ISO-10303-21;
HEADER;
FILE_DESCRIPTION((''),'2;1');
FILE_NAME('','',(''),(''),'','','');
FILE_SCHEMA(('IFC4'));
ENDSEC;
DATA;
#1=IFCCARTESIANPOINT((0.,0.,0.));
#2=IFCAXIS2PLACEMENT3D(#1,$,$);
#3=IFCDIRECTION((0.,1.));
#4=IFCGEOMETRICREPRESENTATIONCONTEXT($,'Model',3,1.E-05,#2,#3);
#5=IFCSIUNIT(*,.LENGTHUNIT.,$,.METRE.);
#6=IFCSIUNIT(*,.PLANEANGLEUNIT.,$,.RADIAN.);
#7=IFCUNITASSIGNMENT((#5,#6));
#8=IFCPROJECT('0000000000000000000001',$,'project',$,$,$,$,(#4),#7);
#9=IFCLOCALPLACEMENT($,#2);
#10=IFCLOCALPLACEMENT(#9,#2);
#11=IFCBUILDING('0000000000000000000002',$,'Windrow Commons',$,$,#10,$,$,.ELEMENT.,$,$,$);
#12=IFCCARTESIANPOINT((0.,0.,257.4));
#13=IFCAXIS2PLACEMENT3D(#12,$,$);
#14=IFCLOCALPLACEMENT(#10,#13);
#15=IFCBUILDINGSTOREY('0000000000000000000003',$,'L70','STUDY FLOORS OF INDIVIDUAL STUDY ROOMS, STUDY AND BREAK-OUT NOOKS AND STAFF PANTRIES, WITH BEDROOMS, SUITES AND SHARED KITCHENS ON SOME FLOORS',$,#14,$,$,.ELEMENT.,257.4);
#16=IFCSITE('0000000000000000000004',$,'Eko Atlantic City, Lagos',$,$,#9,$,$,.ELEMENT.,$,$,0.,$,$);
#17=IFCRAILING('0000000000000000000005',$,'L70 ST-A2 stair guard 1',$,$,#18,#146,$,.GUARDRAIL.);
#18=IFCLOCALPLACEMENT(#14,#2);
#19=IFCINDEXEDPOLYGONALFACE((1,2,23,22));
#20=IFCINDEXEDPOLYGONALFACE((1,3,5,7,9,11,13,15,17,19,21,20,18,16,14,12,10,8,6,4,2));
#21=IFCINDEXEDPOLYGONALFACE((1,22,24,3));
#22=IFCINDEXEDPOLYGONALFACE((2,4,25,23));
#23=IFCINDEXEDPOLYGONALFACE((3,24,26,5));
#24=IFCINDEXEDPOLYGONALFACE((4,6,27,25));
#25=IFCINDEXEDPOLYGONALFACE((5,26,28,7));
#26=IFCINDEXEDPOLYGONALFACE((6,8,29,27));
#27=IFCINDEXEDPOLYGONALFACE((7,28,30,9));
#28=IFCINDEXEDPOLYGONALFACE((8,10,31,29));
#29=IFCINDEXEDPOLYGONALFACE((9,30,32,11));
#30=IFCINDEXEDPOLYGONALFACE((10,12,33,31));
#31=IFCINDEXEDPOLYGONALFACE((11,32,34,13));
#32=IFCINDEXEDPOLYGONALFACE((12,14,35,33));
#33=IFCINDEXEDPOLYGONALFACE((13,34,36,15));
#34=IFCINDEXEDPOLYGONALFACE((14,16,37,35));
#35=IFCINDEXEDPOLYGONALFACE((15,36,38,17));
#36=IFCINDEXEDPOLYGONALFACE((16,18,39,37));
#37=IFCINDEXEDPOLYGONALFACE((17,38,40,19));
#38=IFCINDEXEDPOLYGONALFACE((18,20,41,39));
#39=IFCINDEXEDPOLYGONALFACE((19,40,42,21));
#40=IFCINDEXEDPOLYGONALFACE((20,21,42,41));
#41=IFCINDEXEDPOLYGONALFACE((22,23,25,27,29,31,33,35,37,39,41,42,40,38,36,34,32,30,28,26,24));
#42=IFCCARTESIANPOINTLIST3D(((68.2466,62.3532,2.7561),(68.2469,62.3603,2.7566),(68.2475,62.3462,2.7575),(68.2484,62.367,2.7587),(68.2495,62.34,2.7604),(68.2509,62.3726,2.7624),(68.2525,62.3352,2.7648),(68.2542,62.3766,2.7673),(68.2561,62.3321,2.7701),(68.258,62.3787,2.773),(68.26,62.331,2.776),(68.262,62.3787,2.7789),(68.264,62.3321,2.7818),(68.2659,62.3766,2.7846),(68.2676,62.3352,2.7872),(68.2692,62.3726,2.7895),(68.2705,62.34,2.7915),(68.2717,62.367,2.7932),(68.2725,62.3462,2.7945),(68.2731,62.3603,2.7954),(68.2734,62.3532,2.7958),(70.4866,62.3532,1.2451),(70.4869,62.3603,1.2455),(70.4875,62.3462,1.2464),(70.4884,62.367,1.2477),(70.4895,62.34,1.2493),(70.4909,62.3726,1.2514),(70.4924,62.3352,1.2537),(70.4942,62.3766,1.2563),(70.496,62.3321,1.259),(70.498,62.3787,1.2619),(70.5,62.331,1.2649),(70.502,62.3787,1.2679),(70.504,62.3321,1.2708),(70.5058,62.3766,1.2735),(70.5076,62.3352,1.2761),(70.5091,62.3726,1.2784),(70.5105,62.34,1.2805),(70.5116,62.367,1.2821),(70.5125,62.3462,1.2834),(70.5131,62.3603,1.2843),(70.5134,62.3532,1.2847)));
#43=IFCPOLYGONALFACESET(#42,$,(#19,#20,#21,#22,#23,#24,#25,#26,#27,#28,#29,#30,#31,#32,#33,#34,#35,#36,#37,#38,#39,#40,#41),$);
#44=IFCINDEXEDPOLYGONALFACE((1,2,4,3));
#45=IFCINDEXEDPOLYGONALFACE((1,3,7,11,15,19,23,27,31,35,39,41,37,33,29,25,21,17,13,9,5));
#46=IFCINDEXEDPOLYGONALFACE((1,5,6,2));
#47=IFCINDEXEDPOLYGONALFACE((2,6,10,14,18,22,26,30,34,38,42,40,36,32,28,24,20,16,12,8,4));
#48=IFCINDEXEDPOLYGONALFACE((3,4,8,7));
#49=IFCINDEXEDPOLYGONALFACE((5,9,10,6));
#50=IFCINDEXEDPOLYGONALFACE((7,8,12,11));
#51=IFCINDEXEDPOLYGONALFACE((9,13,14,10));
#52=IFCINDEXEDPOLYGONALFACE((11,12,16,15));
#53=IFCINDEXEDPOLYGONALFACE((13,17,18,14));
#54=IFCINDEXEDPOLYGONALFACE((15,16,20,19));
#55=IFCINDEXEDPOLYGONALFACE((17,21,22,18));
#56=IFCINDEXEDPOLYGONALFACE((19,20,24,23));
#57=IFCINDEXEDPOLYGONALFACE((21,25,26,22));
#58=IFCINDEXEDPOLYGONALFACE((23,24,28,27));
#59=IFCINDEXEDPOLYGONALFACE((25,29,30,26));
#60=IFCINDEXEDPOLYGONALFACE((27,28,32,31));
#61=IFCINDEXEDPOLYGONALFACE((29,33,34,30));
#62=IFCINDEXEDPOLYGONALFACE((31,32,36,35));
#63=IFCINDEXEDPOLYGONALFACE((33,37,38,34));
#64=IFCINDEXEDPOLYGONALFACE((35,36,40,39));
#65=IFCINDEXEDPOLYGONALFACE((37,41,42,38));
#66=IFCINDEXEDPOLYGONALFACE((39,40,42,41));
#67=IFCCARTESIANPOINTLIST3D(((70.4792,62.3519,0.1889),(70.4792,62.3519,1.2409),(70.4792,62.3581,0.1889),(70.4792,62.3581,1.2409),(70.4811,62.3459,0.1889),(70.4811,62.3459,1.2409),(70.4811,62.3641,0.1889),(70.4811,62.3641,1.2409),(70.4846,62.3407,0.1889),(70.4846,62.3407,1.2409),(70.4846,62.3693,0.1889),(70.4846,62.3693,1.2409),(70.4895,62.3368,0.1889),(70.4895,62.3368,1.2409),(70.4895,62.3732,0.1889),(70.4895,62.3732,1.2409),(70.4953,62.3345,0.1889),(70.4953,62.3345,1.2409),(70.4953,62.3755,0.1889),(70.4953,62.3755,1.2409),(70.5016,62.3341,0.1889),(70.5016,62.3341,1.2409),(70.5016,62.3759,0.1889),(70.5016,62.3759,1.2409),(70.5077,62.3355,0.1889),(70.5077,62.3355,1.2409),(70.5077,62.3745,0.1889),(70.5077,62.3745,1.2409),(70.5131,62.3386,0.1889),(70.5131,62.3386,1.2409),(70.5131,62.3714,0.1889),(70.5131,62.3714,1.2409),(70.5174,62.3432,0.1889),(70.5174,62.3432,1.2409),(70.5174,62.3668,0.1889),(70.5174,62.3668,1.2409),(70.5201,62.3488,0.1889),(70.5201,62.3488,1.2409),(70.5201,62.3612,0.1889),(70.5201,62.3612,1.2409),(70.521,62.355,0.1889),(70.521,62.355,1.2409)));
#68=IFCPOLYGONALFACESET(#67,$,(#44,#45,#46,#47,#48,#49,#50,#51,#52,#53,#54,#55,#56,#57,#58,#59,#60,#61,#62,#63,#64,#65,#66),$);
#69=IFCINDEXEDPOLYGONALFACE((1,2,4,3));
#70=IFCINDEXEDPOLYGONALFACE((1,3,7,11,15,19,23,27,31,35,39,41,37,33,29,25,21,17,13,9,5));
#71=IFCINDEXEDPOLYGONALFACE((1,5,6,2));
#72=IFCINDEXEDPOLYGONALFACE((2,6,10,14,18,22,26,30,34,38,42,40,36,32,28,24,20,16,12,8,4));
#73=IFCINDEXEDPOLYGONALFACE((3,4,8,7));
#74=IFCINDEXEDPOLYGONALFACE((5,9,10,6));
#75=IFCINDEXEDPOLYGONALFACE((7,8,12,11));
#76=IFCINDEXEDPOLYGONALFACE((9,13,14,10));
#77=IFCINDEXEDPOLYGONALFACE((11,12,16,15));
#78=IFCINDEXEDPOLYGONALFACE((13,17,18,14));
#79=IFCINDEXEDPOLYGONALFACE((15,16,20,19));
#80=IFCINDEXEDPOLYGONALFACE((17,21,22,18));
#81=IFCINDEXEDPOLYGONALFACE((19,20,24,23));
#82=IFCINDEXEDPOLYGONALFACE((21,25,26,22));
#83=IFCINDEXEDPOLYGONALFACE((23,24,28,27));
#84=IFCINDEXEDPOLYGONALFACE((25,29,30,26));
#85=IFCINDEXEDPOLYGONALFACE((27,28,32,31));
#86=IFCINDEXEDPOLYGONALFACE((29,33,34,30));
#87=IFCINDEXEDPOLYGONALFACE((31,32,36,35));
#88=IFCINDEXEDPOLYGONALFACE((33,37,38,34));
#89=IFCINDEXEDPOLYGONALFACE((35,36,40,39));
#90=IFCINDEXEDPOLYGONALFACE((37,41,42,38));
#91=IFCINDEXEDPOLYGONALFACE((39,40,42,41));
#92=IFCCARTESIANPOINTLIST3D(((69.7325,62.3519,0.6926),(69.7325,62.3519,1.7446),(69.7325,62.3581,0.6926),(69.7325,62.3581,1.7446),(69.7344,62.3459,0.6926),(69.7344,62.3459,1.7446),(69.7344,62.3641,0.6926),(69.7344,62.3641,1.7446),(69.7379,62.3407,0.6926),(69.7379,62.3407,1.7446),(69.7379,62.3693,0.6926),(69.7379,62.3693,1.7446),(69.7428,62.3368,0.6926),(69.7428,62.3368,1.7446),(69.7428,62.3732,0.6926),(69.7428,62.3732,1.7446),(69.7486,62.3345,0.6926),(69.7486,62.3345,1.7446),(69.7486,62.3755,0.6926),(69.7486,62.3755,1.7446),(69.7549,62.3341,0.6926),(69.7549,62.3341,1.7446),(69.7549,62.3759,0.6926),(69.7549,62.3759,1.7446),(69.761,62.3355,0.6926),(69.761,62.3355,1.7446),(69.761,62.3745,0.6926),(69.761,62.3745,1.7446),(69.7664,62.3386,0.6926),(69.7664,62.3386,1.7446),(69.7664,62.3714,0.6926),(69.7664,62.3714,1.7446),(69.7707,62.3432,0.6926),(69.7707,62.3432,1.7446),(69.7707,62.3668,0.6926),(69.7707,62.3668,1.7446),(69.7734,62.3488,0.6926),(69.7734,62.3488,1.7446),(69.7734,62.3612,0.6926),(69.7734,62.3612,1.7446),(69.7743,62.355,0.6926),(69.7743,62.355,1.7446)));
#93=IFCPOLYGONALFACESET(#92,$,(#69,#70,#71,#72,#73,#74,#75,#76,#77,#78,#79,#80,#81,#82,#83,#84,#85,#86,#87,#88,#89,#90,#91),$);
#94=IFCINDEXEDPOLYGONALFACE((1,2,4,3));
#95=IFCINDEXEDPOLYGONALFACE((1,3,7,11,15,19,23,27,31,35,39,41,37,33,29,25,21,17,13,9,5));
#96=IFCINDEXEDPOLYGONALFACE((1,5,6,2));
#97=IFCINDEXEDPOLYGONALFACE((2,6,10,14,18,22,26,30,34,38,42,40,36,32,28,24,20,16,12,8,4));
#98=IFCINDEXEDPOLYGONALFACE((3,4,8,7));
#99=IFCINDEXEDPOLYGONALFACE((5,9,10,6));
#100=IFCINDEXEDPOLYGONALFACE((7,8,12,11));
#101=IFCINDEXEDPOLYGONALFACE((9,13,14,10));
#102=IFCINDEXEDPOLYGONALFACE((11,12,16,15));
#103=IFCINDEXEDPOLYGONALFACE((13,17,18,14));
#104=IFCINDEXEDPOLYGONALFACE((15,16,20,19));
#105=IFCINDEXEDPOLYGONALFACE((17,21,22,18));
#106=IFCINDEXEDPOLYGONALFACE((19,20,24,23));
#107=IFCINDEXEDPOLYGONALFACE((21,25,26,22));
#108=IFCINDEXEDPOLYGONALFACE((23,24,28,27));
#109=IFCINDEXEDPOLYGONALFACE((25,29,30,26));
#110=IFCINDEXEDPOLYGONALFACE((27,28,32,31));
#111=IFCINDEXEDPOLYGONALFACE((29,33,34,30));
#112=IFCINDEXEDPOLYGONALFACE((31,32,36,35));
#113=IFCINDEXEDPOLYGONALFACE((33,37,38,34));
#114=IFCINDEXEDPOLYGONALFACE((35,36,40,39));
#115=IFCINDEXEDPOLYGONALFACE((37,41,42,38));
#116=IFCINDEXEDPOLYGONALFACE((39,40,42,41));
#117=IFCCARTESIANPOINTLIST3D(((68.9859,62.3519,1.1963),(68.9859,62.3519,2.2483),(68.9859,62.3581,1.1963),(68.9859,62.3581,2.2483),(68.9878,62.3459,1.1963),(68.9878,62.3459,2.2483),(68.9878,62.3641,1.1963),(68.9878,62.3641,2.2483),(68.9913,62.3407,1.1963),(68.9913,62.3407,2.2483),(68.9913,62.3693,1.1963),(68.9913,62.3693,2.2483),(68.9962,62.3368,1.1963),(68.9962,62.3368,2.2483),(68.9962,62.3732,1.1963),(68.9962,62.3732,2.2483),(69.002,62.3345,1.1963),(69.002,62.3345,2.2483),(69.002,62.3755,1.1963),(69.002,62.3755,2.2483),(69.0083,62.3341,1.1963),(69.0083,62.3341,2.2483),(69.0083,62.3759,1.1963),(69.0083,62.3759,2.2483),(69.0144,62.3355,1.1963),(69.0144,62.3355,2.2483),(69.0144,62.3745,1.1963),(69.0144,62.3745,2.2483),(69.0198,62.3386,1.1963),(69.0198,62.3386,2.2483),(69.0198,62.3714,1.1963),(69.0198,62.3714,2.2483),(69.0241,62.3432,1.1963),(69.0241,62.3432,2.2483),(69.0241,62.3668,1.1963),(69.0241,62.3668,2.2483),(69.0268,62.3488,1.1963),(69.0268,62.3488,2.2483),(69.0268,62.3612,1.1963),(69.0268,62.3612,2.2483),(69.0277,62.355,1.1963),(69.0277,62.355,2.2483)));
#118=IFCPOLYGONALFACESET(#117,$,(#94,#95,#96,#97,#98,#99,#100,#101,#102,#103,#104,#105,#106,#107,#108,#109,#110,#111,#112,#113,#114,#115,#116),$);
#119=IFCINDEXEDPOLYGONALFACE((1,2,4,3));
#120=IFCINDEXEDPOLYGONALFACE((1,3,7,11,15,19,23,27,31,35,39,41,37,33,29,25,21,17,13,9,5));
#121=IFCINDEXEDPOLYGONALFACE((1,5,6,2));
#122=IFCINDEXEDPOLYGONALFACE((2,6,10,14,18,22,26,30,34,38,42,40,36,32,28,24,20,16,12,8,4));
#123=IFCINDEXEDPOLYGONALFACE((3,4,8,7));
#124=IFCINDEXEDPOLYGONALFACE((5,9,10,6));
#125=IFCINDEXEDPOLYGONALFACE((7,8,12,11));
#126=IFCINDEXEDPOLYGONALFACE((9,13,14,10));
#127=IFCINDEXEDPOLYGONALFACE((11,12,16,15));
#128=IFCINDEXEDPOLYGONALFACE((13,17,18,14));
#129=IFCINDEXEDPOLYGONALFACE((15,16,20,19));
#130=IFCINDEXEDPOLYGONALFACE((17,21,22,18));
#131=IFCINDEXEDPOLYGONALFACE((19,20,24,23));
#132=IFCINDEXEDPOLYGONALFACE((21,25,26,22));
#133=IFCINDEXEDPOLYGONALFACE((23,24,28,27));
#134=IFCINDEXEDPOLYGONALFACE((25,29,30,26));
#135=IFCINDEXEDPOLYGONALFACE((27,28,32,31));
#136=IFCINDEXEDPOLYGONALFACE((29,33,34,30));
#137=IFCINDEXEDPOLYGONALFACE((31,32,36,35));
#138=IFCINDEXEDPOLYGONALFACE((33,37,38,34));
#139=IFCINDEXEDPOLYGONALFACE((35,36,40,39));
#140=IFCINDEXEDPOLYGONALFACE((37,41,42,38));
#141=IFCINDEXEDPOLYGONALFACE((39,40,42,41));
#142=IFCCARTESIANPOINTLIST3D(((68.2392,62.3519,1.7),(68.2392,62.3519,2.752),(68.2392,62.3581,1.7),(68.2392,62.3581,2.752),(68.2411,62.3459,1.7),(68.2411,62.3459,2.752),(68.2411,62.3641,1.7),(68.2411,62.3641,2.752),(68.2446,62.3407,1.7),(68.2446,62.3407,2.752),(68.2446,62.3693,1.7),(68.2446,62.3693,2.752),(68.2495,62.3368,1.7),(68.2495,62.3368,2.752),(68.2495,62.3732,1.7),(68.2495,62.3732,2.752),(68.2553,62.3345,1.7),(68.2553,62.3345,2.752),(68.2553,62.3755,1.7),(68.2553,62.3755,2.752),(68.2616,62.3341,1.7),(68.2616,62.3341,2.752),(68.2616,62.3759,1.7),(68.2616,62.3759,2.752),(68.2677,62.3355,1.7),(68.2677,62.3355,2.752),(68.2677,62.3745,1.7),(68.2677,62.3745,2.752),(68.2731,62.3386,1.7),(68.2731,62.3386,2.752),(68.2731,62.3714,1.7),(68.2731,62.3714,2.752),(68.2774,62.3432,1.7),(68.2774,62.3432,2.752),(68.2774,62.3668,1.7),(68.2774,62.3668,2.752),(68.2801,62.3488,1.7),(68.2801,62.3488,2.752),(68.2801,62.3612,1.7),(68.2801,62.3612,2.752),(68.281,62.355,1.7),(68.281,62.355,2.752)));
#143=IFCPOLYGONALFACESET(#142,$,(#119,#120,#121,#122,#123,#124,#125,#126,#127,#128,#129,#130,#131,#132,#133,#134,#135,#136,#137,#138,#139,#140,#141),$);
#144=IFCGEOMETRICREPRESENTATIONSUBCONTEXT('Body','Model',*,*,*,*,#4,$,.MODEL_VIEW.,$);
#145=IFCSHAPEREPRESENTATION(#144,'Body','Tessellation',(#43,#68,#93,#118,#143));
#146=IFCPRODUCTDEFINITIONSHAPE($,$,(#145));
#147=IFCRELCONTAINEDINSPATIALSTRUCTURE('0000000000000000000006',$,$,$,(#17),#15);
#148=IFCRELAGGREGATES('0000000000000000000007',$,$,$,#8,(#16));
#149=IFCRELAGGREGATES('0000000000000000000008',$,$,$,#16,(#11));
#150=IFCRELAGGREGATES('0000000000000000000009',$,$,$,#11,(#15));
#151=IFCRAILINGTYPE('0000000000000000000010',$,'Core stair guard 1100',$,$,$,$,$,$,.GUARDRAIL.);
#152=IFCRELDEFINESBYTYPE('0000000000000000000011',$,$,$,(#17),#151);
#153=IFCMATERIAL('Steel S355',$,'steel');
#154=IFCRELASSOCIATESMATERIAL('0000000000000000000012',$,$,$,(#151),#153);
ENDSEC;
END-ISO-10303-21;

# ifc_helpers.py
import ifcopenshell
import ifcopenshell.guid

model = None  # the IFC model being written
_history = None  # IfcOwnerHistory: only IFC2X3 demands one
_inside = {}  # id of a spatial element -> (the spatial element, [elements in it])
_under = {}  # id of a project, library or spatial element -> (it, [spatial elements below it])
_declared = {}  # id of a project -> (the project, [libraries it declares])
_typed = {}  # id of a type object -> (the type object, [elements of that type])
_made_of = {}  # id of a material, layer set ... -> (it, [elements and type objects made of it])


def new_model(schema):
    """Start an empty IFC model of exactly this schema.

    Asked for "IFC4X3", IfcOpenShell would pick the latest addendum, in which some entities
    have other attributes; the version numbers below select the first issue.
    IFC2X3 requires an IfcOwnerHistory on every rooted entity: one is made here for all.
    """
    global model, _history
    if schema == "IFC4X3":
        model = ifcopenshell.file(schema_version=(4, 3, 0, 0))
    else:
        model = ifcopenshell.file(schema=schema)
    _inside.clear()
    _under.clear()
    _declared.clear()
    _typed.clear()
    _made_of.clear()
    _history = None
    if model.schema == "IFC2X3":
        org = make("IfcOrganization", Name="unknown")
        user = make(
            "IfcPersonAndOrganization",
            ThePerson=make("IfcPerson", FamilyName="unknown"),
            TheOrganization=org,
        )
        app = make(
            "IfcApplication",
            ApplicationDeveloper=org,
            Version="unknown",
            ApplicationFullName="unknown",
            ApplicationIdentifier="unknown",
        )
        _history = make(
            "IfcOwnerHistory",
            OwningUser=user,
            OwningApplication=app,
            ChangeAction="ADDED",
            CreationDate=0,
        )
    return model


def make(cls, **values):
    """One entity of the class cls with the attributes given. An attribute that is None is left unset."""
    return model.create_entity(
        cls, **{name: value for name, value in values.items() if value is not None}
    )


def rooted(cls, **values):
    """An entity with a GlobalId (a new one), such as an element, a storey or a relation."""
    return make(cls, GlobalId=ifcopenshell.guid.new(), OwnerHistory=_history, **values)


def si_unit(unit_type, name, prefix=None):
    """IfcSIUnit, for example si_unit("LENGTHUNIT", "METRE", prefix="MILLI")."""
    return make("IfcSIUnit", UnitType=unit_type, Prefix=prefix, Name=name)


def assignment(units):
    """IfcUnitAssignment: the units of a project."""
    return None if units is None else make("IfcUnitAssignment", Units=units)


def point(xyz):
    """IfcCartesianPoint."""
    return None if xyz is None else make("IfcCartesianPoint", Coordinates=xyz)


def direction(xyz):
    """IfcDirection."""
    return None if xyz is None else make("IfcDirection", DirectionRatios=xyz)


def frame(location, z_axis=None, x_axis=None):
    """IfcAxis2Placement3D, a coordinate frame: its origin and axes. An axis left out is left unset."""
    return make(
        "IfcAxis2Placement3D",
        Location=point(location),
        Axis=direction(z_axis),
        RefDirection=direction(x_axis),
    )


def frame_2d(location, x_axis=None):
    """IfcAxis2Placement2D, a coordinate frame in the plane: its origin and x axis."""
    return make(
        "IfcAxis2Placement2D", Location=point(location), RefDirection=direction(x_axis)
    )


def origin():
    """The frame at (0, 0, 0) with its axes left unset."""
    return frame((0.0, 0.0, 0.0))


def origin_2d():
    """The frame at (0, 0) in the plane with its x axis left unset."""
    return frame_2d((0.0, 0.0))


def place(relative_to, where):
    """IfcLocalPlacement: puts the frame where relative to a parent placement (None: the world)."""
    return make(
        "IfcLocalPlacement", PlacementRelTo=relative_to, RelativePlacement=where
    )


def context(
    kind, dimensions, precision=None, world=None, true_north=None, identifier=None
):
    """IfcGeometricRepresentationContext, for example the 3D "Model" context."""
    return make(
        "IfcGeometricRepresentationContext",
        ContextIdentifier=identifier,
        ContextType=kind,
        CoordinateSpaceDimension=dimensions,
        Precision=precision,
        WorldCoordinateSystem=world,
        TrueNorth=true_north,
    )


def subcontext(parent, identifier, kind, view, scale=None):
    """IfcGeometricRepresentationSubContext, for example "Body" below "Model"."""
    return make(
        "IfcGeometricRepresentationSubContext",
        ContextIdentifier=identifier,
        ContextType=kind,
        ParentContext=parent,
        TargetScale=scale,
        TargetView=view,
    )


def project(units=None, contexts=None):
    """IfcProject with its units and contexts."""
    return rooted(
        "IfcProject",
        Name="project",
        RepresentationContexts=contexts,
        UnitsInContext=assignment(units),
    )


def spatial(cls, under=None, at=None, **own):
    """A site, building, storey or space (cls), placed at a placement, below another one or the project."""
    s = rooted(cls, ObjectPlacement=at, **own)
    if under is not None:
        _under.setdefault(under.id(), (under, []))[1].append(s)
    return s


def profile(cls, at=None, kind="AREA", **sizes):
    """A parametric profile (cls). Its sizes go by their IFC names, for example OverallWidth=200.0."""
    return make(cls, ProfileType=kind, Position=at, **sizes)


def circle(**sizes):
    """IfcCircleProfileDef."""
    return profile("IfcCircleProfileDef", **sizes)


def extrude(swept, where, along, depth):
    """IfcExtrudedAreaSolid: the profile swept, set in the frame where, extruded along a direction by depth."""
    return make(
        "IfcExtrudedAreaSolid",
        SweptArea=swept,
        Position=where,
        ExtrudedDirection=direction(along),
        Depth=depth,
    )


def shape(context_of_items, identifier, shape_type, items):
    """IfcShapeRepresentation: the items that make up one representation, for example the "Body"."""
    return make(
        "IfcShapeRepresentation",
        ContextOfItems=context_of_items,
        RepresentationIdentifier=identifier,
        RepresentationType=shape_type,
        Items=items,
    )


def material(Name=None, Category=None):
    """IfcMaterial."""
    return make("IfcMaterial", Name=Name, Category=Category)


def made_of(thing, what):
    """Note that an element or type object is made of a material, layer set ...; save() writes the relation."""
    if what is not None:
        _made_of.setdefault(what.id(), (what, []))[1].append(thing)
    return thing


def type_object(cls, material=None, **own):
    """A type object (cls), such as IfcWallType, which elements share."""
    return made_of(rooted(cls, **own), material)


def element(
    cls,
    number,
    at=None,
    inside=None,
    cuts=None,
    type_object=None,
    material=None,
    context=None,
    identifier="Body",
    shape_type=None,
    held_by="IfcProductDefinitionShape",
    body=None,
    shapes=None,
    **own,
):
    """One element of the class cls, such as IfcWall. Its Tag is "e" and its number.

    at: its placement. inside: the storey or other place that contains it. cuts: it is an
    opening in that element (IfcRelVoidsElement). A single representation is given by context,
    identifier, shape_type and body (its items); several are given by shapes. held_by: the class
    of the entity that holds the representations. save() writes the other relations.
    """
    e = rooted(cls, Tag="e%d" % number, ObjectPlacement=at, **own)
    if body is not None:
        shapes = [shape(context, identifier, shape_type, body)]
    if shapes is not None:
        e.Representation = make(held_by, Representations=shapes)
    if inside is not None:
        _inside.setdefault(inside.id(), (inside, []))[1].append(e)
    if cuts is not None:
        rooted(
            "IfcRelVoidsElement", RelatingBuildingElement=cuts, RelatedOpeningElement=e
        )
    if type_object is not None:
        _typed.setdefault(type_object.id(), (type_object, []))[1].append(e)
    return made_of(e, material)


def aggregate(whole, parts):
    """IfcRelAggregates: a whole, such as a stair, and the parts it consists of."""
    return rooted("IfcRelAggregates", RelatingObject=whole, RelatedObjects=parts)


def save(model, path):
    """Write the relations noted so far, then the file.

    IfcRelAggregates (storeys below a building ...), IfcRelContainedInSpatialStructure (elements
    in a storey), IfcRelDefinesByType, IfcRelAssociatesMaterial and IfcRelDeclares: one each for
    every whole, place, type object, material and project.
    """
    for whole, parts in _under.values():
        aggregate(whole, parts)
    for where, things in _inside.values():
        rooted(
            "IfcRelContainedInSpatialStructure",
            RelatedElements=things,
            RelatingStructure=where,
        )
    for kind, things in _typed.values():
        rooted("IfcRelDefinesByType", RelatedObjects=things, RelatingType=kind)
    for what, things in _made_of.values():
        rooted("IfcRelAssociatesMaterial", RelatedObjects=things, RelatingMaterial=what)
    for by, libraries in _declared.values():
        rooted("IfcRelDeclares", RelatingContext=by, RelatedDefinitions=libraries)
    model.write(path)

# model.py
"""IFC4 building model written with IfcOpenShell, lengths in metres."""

from ifc_helpers import new_model, si_unit, direction, frame, origin, origin_2d, place, context, subcontext, project, spatial, circle, extrude, material, type_object, element, save


model = new_model("IFC4")

# Units and contexts
model_context = context("Model", 3, precision=1e-05, world=origin(), true_north=direction((0.0, 1.0)))
body_context = subcontext(model_context, "Body", "Model", "MODEL_VIEW")
ifc_project = project(units=[si_unit("LENGTHUNIT", "METRE"), si_unit("PLANEANGLEUNIT", "RADIAN")], contexts=[model_context])

# Site, building, storey
site_placement = place(None, origin())
site = spatial("IfcSite", under=ifc_project, at=site_placement, Name="Eko Atlantic City, Lagos", CompositionType="ELEMENT", RefElevation=0.0)
building_placement = place(site_placement, origin())
building = spatial("IfcBuilding", under=site, at=building_placement, Name="Windrow Commons", CompositionType="ELEMENT")
storey_placement = place(building_placement, frame((0.0, 0.0, 257.4)))
storey = spatial("IfcBuildingStorey", under=building, at=storey_placement, Name="L70", Description="STUDY FLOORS OF INDIVIDUAL STUDY ROOMS, STUDY AND BREAK-OUT NOOKS AND STAFF PANTRIES, WITH BEDROOMS, SUITES AND SHARED KITCHENS ON SOME FLOORS", CompositionType="ELEMENT", Elevation=257.4)

# Railing
ifc_material_1 = material(Name="Steel S355", Category="steel")
railing_type_1 = type_object("IfcRailingType", Name="Core stair guard 1100", PredefinedType="GUARDRAIL", material=ifc_material_1)
railing_1_placement = place(storey_placement, frame((70.5, 62.355, 0.1889)))
element("IfcRailing", 1, at=railing_1_placement, inside=storey, type_object=railing_type_1, Name="L70 ST-A2 stair guard 1", PredefinedType="GUARDRAIL", context=body_context, shape_type="SweptSolid", body=[
    extrude(circle(Radius=0.024, at=origin_2d()), frame((0.0, 0.0, 1.076), z_axis=(-0.829003, 0.0, 0.559244), x_axis=(0.0, -1.0, 0.0)), (0.0, 0.0, 1.0), 2.702),
    extrude(circle(Radius=0.021, at=origin_2d()), origin(), (0.0, 0.0, 1.0), 1.052),
    extrude(circle(Radius=0.021, at=origin_2d()), frame((-0.7467, 0.0, 0.5037)), (0.0, 0.0, 1.0), 1.052),
    extrude(circle(Radius=0.021, at=origin_2d()), frame((-1.4933, 0.0, 1.0074)), (0.0, 0.0, 1.0), 1.052),
    extrude(circle(Radius=0.021, at=origin_2d()), frame((-2.24, 0.0, 1.5111)), (0.0, 0.0, 1.0), 1.052),
])

save(model, "model.ifc")
